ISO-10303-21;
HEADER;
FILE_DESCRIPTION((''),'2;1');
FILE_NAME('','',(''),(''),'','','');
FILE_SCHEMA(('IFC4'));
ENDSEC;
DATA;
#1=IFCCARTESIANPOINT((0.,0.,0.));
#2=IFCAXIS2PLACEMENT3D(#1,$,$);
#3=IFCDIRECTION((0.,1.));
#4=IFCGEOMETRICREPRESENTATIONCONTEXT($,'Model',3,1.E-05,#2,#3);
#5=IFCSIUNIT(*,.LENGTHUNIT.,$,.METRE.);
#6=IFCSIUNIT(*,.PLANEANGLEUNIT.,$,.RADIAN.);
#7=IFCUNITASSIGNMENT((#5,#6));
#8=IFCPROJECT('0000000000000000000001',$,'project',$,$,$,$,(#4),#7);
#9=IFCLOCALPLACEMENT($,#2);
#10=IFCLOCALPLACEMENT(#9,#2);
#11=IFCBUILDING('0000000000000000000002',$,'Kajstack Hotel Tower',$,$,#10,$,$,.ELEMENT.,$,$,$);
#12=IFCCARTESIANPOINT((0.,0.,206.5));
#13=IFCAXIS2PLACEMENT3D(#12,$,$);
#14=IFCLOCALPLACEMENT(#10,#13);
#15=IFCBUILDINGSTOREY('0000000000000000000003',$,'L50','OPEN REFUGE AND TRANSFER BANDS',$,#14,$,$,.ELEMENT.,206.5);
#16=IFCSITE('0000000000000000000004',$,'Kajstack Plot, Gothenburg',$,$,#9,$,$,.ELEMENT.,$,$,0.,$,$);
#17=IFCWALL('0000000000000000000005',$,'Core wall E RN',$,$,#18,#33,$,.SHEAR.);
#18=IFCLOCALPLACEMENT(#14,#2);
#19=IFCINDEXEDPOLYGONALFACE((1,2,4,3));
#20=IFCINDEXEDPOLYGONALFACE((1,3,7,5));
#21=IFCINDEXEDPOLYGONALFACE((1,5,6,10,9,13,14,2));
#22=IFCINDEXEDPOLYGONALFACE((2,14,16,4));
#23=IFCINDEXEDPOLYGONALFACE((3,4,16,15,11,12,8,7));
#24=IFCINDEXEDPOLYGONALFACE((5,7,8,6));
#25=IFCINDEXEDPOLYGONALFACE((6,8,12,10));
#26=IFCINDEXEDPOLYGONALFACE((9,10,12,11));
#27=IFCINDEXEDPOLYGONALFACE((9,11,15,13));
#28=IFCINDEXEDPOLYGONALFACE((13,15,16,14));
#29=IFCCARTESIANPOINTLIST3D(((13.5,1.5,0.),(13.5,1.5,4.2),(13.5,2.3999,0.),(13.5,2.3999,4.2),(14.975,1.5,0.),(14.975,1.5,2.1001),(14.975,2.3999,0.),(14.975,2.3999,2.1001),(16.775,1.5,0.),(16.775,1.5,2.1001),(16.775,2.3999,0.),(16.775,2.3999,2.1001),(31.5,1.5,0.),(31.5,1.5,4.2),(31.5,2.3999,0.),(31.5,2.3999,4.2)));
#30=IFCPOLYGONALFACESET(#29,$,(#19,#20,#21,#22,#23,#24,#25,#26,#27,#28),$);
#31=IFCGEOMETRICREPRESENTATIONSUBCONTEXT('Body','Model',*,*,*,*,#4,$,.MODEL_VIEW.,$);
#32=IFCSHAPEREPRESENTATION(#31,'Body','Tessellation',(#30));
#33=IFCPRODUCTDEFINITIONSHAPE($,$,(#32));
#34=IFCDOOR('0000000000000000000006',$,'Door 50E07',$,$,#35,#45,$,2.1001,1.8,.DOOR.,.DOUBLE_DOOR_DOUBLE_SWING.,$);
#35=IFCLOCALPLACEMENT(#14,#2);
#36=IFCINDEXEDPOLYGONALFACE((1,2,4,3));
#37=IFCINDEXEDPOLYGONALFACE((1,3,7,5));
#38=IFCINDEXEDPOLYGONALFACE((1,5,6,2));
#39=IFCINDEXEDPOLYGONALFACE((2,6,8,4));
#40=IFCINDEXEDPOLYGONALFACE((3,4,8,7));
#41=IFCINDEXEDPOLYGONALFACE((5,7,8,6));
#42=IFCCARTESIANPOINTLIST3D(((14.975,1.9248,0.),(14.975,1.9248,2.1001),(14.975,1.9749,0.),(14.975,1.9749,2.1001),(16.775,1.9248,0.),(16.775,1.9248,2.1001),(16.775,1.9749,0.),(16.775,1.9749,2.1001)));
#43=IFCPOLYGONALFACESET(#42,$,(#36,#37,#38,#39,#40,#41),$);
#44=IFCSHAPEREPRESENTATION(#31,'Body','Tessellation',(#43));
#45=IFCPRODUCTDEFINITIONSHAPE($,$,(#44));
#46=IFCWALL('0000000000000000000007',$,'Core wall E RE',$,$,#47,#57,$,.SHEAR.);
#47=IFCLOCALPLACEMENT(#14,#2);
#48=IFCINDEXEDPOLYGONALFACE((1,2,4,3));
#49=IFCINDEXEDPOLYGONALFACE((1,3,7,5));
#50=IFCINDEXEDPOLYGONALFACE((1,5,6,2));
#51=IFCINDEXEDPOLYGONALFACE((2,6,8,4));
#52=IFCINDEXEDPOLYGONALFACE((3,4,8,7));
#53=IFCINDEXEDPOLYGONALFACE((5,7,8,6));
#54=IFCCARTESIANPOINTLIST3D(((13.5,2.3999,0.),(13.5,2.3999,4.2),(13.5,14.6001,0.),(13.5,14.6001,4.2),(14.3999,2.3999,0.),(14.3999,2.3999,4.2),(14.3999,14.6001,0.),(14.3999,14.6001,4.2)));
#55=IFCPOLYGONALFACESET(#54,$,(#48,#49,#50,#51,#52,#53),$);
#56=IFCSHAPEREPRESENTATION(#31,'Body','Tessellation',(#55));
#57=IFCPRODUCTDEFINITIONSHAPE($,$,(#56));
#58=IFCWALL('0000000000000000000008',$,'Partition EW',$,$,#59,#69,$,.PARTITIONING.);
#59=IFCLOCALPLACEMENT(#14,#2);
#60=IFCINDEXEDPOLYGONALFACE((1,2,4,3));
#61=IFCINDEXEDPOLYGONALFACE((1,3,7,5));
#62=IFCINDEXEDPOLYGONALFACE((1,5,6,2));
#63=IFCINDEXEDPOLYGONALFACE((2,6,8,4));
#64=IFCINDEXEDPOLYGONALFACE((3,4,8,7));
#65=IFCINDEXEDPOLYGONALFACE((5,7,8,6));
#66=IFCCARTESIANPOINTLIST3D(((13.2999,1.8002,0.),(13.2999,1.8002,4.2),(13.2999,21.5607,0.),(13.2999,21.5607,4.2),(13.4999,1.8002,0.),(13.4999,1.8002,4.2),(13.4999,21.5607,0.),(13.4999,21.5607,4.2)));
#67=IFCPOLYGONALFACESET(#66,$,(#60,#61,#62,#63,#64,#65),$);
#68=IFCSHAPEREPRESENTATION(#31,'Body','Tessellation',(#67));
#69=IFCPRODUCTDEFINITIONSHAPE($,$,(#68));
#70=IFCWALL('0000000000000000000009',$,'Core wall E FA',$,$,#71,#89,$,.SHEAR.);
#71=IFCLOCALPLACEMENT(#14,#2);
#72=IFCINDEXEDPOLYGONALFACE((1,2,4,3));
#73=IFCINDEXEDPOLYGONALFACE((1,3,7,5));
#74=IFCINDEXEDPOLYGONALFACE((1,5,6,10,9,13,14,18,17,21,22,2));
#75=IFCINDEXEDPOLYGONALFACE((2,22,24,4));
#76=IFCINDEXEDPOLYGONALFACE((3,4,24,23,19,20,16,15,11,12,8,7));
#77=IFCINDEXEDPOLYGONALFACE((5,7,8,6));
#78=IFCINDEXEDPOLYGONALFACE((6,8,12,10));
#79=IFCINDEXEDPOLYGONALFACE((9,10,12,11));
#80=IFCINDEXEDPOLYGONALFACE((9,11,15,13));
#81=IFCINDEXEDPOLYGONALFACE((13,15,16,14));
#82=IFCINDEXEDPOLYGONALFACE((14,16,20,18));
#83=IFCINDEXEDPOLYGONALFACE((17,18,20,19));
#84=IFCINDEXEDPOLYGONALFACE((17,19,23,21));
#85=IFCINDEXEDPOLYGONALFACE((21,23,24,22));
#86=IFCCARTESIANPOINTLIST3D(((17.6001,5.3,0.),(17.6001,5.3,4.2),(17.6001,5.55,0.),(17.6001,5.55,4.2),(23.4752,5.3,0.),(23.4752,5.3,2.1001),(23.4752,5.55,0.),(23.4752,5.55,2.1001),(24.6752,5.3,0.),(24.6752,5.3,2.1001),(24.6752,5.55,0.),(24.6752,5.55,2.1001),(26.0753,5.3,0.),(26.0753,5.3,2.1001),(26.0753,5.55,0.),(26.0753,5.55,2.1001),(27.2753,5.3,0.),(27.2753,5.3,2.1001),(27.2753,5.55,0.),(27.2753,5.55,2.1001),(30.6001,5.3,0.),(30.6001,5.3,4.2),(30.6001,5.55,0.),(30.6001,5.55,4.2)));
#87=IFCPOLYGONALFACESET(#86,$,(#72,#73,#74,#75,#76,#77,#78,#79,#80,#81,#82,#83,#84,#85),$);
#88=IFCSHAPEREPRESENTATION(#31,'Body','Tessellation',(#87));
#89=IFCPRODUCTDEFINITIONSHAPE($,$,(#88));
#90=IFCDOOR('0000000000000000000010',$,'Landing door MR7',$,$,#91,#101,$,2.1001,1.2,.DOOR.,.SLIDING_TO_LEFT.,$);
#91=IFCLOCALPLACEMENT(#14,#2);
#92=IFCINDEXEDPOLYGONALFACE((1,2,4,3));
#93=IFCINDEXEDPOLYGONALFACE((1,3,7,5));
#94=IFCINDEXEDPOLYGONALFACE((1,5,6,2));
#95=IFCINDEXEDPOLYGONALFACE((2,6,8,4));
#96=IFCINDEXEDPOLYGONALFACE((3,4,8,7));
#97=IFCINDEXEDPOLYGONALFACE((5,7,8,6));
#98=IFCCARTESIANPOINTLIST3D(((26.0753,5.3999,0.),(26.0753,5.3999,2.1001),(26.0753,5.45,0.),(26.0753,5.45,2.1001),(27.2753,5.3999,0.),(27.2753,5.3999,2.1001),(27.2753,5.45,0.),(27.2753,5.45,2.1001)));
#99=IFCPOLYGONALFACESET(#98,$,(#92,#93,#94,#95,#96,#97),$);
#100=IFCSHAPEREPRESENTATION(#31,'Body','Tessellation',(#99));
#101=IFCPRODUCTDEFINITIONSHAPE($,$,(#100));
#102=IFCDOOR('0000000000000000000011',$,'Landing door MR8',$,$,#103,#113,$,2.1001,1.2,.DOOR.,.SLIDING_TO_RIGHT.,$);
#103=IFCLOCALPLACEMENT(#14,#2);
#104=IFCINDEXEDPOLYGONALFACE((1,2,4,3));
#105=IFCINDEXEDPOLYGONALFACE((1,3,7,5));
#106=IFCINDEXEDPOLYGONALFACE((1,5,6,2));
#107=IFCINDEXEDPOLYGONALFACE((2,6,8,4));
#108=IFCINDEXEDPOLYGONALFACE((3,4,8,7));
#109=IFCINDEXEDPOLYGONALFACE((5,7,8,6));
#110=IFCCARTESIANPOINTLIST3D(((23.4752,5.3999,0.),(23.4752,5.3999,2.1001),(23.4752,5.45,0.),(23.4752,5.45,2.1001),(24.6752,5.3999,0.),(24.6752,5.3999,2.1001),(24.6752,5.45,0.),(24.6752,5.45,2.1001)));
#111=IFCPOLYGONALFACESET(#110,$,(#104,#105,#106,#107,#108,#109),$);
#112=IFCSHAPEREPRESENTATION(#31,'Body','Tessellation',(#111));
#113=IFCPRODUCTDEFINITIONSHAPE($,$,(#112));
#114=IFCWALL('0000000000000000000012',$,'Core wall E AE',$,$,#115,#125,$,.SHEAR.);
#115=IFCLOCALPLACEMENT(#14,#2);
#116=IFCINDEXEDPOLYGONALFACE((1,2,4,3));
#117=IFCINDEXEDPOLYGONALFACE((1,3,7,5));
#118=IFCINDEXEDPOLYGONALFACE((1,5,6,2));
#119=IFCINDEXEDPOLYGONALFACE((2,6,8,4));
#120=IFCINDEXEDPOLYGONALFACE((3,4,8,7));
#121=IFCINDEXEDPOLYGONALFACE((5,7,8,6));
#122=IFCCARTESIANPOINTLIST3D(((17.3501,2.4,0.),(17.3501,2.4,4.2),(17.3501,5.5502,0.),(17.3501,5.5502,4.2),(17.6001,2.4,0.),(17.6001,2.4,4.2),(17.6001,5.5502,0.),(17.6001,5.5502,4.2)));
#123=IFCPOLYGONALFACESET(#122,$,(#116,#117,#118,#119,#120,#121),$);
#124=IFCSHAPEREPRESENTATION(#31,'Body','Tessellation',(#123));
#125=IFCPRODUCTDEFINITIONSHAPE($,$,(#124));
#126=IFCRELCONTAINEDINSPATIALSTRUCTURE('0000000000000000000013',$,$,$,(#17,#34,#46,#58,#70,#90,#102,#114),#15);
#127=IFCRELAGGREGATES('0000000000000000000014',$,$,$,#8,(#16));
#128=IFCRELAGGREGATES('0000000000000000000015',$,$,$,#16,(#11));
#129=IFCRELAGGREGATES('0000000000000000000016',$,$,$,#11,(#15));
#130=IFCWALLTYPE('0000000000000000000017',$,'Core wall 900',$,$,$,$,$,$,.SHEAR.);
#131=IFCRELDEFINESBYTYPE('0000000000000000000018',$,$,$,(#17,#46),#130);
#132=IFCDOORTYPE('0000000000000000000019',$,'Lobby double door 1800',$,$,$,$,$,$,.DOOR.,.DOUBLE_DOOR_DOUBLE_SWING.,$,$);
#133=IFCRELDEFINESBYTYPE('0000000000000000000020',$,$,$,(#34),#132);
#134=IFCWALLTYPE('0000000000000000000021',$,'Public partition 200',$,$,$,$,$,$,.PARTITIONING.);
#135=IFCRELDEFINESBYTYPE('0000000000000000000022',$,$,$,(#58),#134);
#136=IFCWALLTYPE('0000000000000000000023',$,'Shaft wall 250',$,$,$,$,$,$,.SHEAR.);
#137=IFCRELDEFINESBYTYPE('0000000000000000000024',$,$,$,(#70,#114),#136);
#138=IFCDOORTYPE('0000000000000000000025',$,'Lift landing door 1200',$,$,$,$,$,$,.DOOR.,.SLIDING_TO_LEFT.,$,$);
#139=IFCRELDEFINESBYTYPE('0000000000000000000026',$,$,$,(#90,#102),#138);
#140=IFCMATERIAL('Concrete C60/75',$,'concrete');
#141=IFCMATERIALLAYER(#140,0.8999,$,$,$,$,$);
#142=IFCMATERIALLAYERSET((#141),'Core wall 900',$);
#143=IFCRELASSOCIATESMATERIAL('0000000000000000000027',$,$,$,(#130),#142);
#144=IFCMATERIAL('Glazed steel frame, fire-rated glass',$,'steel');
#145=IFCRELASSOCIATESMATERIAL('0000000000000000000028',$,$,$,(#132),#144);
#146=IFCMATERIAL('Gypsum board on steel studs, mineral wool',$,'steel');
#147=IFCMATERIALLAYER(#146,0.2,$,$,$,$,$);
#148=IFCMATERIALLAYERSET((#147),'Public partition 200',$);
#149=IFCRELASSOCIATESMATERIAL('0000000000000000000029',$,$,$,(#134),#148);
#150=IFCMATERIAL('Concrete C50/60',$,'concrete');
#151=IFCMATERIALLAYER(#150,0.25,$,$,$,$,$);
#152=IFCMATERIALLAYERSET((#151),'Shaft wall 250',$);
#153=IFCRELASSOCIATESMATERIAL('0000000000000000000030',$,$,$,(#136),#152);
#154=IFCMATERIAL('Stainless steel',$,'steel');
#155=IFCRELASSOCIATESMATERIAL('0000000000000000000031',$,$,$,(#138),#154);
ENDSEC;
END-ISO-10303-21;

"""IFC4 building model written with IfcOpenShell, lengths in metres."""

from ifc_helpers import new_model, si_unit, direction, frame, frame_2d, origin, place, context, subcontext, project, spatial, rectangle, extrude, material, layer, layer_set, type_object, element, fill, save


model = new_model("IFC4")

# Units and contexts
model_context = context("Model", 3, precision=1e-05, world=origin(), true_north=direction((0.0, 1.0)))
body_context = subcontext(model_context, "Body", "Model", "MODEL_VIEW")
ifc_project = project(units=[si_unit("LENGTHUNIT", "METRE"), si_unit("PLANEANGLEUNIT", "RADIAN")], contexts=[model_context])

# Site, building, storey
site_placement = place(None, origin())
site = spatial("IfcSite", under=ifc_project, at=site_placement, Name="Kajstack Plot, Gothenburg", CompositionType="ELEMENT", RefElevation=0.0)
building_placement = place(site_placement, origin())
building = spatial("IfcBuilding", under=site, at=building_placement, Name="Kajstack Hotel Tower", CompositionType="ELEMENT")
storey_placement = place(building_placement, frame((0.0, 0.0, 206.5)))
storey = spatial("IfcBuildingStorey", under=building, at=storey_placement, Name="L50", Description="OPEN REFUGE AND TRANSFER BANDS", CompositionType="ELEMENT", Elevation=206.5)

# Wall, opening, door
ifc_material_1 = material(Name="Concrete C60/75", Category="concrete")
ifc_layer_1 = layer(ifc_material_1, 0.8999)
ifc_layer_set_1 = layer_set([ifc_layer_1], Name="Core wall 900")
wall_type_1 = type_object("IfcWallType", Name="Core wall 900", PredefinedType="SHEAR", material=ifc_layer_set_1)
wall_1_placement = place(storey_placement, frame((13.5, 1.95, 0.0), z_axis=(0.0, 0.0, 1.0), x_axis=(1.0, 0.0, 0.0)))
wall_1 = element("IfcWall", 1, at=wall_1_placement, inside=storey, type_object=wall_type_1, Name="Core wall E RN", PredefinedType="SHEAR", context=body_context, shape_type="SweptSolid", body=[
    extrude(rectangle(XDim=18.0, YDim=0.8999, at=frame_2d((9.0, 0.0))), origin(), (0.0, 0.0, 1.0), 4.2),
])
opening_1_placement = place(wall_1_placement, frame((1.4751, 0.0, 0.0)))
opening_1 = element("IfcOpeningElement", 2, at=opening_1_placement, cuts=wall_1, PredefinedType="OPENING", context=body_context, shape_type="SweptSolid", body=[
    extrude(rectangle(XDim=1.8, YDim=2.1001, at=frame_2d((0.8999, 1.05))), frame((0.0, 0.46, 0.0), z_axis=(0.0, -1.0, 0.0), x_axis=(1.0, 0.0, 0.0)), (0.0, 0.0, 1.0), 0.9199),
])
ifc_material_2 = material(Name="Glazed steel frame, fire-rated glass", Category="steel")
door_type_1 = type_object("IfcDoorType", Name="Lobby double door 1800", OperationType="DOUBLE_DOOR_DOUBLE_SWING", PredefinedType="DOOR", material=ifc_material_2)
door_1_placement = place(opening_1_placement, origin())
door_1 = element("IfcDoor", 3, at=door_1_placement, inside=storey, type_object=door_type_1, Name="Door 50E07", OperationType="DOUBLE_DOOR_DOUBLE_SWING", OverallHeight=2.1001, OverallWidth=1.8, PredefinedType="DOOR", context=body_context, shape_type="SweptSolid", body=[
    extrude(rectangle(XDim=1.8, YDim=2.1001, at=frame_2d((0.8999, 1.05))), frame((0.0, 0.0249, 0.0), z_axis=(0.0, -1.0, 0.0), x_axis=(1.0, 0.0, 0.0)), (0.0, 0.0, 1.0), 0.05),
])
fill(opening_1, door_1)

# Walls
wall_2_placement = place(storey_placement, frame((13.95, 2.3999, 0.0), z_axis=(0.0, 0.0, 1.0), x_axis=(0.0, 1.0, 0.0)))
element("IfcWall", 4, at=wall_2_placement, inside=storey, type_object=wall_type_1, Name="Core wall E RE", PredefinedType="SHEAR", context=body_context, shape_type="SweptSolid", body=[
    extrude(rectangle(XDim=12.2002, YDim=0.8999, at=frame_2d((6.1001, 0.0))), origin(), (0.0, 0.0, 1.0), 4.2),
])
ifc_material_3 = material(Name="Gypsum board on steel studs, mineral wool", Category="steel")
ifc_layer_2 = layer(ifc_material_3, 0.2)
ifc_layer_set_2 = layer_set([ifc_layer_2], Name="Public partition 200")
wall_type_2 = type_object("IfcWallType", Name="Public partition 200", PredefinedType="PARTITIONING", material=ifc_layer_set_2)
wall_3_placement = place(storey_placement, frame((13.3999, 1.8, 0.0), z_axis=(0.0, 0.0, 1.0), x_axis=(0.0, 1.0, 0.0)))
element("IfcWall", 5, at=wall_3_placement, inside=storey, type_object=wall_type_2, Name="Partition EW", PredefinedType="PARTITIONING", context=body_context, shape_type="SweptSolid", body=[
    extrude(rectangle(XDim=19.7605, YDim=0.2, at=frame_2d((9.8804, 0.0))), origin(), (0.0, 0.0, 1.0), 4.2),
])

# Wall, openings, doors
ifc_material_4 = material(Name="Concrete C50/60", Category="concrete")
ifc_layer_3 = layer(ifc_material_4, 0.25)
ifc_layer_set_3 = layer_set([ifc_layer_3], Name="Shaft wall 250")
wall_type_3 = type_object("IfcWallType", Name="Shaft wall 250", PredefinedType="SHEAR", material=ifc_layer_set_3)
wall_4_placement = place(storey_placement, frame((17.6001, 5.425, 0.0), z_axis=(0.0, 0.0, 1.0), x_axis=(1.0, 0.0, 0.0)))
wall_4 = element("IfcWall", 6, at=wall_4_placement, inside=storey, type_object=wall_type_3, Name="Core wall E FA", PredefinedType="SHEAR", context=body_context, shape_type="SweptSolid", body=[
    extrude(rectangle(XDim=13.0, YDim=0.25, at=frame_2d((6.5, 0.0))), origin(), (0.0, 0.0, 1.0), 4.2),
])
opening_2_placement = place(wall_4_placement, frame((8.4751, 0.0, 0.0)))
opening_2 = element("IfcOpeningElement", 7, at=opening_2_placement, cuts=wall_4, PredefinedType="OPENING", context=body_context, shape_type="SweptSolid", body=[
    extrude(rectangle(XDim=1.2, YDim=2.1001, at=frame_2d((0.6001, 1.05))), frame((0.0, 0.135, 0.0), z_axis=(0.0, -1.0, 0.0), x_axis=(1.0, 0.0, 0.0)), (0.0, 0.0, 1.0), 0.27),
])
opening_3_placement = place(wall_4_placement, frame((5.875, 0.0, 0.0)))
opening_3 = element("IfcOpeningElement", 8, at=opening_3_placement, cuts=wall_4, PredefinedType="OPENING", context=body_context, shape_type="SweptSolid", body=[
    extrude(rectangle(XDim=1.2, YDim=2.1001, at=frame_2d((0.6001, 1.05))), frame((0.0, 0.135, 0.0), z_axis=(0.0, -1.0, 0.0), x_axis=(1.0, 0.0, 0.0)), (0.0, 0.0, 1.0), 0.27),
])
ifc_material_5 = material(Name="Stainless steel", Category="steel")
door_type_2 = type_object("IfcDoorType", Name="Lift landing door 1200", OperationType="SLIDING_TO_LEFT", PredefinedType="DOOR", material=ifc_material_5)
door_2_placement = place(opening_2_placement, origin())
door_2 = element("IfcDoor", 9, at=door_2_placement, inside=storey, type_object=door_type_2, Name="Landing door MR7", OperationType="SLIDING_TO_LEFT", OverallHeight=2.1001, OverallWidth=1.2, PredefinedType="DOOR", context=body_context, shape_type="SweptSolid", body=[
    extrude(rectangle(XDim=1.2, YDim=2.1001, at=frame_2d((0.6001, 1.05))), frame((0.0, 0.0249, 0.0), z_axis=(0.0, -1.0, 0.0), x_axis=(1.0, 0.0, 0.0)), (0.0, 0.0, 1.0), 0.05),
])
fill(opening_2, door_2)
door_3_placement = place(opening_3_placement, origin())
door_3 = element("IfcDoor", 10, at=door_3_placement, inside=storey, type_object=door_type_2, Name="Landing door MR8", OperationType="SLIDING_TO_RIGHT", OverallHeight=2.1001, OverallWidth=1.2, PredefinedType="DOOR", context=body_context, shape_type="SweptSolid", body=[
    extrude(rectangle(XDim=1.2, YDim=2.1001, at=frame_2d((0.6001, 1.05))), frame((0.0, 0.0249, 0.0), z_axis=(0.0, -1.0, 0.0), x_axis=(1.0, 0.0, 0.0)), (0.0, 0.0, 1.0), 0.05),
])
fill(opening_3, door_3)

# Wall
wall_5_placement = place(storey_placement, frame((17.4751, 2.3999, 0.0), z_axis=(0.0, 0.0, 1.0), x_axis=(0.0, 1.0, 0.0)))
element("IfcWall", 11, at=wall_5_placement, inside=storey, type_object=wall_type_3, Name="Core wall E AE", PredefinedType="SHEAR", context=body_context, shape_type="SweptSolid", body=[
    extrude(rectangle(XDim=3.1501, YDim=0.25, at=frame_2d((1.5752, 0.0))), origin(), (0.0, 0.0, 1.0), 4.2),
])

save(model, "model.ifc")
